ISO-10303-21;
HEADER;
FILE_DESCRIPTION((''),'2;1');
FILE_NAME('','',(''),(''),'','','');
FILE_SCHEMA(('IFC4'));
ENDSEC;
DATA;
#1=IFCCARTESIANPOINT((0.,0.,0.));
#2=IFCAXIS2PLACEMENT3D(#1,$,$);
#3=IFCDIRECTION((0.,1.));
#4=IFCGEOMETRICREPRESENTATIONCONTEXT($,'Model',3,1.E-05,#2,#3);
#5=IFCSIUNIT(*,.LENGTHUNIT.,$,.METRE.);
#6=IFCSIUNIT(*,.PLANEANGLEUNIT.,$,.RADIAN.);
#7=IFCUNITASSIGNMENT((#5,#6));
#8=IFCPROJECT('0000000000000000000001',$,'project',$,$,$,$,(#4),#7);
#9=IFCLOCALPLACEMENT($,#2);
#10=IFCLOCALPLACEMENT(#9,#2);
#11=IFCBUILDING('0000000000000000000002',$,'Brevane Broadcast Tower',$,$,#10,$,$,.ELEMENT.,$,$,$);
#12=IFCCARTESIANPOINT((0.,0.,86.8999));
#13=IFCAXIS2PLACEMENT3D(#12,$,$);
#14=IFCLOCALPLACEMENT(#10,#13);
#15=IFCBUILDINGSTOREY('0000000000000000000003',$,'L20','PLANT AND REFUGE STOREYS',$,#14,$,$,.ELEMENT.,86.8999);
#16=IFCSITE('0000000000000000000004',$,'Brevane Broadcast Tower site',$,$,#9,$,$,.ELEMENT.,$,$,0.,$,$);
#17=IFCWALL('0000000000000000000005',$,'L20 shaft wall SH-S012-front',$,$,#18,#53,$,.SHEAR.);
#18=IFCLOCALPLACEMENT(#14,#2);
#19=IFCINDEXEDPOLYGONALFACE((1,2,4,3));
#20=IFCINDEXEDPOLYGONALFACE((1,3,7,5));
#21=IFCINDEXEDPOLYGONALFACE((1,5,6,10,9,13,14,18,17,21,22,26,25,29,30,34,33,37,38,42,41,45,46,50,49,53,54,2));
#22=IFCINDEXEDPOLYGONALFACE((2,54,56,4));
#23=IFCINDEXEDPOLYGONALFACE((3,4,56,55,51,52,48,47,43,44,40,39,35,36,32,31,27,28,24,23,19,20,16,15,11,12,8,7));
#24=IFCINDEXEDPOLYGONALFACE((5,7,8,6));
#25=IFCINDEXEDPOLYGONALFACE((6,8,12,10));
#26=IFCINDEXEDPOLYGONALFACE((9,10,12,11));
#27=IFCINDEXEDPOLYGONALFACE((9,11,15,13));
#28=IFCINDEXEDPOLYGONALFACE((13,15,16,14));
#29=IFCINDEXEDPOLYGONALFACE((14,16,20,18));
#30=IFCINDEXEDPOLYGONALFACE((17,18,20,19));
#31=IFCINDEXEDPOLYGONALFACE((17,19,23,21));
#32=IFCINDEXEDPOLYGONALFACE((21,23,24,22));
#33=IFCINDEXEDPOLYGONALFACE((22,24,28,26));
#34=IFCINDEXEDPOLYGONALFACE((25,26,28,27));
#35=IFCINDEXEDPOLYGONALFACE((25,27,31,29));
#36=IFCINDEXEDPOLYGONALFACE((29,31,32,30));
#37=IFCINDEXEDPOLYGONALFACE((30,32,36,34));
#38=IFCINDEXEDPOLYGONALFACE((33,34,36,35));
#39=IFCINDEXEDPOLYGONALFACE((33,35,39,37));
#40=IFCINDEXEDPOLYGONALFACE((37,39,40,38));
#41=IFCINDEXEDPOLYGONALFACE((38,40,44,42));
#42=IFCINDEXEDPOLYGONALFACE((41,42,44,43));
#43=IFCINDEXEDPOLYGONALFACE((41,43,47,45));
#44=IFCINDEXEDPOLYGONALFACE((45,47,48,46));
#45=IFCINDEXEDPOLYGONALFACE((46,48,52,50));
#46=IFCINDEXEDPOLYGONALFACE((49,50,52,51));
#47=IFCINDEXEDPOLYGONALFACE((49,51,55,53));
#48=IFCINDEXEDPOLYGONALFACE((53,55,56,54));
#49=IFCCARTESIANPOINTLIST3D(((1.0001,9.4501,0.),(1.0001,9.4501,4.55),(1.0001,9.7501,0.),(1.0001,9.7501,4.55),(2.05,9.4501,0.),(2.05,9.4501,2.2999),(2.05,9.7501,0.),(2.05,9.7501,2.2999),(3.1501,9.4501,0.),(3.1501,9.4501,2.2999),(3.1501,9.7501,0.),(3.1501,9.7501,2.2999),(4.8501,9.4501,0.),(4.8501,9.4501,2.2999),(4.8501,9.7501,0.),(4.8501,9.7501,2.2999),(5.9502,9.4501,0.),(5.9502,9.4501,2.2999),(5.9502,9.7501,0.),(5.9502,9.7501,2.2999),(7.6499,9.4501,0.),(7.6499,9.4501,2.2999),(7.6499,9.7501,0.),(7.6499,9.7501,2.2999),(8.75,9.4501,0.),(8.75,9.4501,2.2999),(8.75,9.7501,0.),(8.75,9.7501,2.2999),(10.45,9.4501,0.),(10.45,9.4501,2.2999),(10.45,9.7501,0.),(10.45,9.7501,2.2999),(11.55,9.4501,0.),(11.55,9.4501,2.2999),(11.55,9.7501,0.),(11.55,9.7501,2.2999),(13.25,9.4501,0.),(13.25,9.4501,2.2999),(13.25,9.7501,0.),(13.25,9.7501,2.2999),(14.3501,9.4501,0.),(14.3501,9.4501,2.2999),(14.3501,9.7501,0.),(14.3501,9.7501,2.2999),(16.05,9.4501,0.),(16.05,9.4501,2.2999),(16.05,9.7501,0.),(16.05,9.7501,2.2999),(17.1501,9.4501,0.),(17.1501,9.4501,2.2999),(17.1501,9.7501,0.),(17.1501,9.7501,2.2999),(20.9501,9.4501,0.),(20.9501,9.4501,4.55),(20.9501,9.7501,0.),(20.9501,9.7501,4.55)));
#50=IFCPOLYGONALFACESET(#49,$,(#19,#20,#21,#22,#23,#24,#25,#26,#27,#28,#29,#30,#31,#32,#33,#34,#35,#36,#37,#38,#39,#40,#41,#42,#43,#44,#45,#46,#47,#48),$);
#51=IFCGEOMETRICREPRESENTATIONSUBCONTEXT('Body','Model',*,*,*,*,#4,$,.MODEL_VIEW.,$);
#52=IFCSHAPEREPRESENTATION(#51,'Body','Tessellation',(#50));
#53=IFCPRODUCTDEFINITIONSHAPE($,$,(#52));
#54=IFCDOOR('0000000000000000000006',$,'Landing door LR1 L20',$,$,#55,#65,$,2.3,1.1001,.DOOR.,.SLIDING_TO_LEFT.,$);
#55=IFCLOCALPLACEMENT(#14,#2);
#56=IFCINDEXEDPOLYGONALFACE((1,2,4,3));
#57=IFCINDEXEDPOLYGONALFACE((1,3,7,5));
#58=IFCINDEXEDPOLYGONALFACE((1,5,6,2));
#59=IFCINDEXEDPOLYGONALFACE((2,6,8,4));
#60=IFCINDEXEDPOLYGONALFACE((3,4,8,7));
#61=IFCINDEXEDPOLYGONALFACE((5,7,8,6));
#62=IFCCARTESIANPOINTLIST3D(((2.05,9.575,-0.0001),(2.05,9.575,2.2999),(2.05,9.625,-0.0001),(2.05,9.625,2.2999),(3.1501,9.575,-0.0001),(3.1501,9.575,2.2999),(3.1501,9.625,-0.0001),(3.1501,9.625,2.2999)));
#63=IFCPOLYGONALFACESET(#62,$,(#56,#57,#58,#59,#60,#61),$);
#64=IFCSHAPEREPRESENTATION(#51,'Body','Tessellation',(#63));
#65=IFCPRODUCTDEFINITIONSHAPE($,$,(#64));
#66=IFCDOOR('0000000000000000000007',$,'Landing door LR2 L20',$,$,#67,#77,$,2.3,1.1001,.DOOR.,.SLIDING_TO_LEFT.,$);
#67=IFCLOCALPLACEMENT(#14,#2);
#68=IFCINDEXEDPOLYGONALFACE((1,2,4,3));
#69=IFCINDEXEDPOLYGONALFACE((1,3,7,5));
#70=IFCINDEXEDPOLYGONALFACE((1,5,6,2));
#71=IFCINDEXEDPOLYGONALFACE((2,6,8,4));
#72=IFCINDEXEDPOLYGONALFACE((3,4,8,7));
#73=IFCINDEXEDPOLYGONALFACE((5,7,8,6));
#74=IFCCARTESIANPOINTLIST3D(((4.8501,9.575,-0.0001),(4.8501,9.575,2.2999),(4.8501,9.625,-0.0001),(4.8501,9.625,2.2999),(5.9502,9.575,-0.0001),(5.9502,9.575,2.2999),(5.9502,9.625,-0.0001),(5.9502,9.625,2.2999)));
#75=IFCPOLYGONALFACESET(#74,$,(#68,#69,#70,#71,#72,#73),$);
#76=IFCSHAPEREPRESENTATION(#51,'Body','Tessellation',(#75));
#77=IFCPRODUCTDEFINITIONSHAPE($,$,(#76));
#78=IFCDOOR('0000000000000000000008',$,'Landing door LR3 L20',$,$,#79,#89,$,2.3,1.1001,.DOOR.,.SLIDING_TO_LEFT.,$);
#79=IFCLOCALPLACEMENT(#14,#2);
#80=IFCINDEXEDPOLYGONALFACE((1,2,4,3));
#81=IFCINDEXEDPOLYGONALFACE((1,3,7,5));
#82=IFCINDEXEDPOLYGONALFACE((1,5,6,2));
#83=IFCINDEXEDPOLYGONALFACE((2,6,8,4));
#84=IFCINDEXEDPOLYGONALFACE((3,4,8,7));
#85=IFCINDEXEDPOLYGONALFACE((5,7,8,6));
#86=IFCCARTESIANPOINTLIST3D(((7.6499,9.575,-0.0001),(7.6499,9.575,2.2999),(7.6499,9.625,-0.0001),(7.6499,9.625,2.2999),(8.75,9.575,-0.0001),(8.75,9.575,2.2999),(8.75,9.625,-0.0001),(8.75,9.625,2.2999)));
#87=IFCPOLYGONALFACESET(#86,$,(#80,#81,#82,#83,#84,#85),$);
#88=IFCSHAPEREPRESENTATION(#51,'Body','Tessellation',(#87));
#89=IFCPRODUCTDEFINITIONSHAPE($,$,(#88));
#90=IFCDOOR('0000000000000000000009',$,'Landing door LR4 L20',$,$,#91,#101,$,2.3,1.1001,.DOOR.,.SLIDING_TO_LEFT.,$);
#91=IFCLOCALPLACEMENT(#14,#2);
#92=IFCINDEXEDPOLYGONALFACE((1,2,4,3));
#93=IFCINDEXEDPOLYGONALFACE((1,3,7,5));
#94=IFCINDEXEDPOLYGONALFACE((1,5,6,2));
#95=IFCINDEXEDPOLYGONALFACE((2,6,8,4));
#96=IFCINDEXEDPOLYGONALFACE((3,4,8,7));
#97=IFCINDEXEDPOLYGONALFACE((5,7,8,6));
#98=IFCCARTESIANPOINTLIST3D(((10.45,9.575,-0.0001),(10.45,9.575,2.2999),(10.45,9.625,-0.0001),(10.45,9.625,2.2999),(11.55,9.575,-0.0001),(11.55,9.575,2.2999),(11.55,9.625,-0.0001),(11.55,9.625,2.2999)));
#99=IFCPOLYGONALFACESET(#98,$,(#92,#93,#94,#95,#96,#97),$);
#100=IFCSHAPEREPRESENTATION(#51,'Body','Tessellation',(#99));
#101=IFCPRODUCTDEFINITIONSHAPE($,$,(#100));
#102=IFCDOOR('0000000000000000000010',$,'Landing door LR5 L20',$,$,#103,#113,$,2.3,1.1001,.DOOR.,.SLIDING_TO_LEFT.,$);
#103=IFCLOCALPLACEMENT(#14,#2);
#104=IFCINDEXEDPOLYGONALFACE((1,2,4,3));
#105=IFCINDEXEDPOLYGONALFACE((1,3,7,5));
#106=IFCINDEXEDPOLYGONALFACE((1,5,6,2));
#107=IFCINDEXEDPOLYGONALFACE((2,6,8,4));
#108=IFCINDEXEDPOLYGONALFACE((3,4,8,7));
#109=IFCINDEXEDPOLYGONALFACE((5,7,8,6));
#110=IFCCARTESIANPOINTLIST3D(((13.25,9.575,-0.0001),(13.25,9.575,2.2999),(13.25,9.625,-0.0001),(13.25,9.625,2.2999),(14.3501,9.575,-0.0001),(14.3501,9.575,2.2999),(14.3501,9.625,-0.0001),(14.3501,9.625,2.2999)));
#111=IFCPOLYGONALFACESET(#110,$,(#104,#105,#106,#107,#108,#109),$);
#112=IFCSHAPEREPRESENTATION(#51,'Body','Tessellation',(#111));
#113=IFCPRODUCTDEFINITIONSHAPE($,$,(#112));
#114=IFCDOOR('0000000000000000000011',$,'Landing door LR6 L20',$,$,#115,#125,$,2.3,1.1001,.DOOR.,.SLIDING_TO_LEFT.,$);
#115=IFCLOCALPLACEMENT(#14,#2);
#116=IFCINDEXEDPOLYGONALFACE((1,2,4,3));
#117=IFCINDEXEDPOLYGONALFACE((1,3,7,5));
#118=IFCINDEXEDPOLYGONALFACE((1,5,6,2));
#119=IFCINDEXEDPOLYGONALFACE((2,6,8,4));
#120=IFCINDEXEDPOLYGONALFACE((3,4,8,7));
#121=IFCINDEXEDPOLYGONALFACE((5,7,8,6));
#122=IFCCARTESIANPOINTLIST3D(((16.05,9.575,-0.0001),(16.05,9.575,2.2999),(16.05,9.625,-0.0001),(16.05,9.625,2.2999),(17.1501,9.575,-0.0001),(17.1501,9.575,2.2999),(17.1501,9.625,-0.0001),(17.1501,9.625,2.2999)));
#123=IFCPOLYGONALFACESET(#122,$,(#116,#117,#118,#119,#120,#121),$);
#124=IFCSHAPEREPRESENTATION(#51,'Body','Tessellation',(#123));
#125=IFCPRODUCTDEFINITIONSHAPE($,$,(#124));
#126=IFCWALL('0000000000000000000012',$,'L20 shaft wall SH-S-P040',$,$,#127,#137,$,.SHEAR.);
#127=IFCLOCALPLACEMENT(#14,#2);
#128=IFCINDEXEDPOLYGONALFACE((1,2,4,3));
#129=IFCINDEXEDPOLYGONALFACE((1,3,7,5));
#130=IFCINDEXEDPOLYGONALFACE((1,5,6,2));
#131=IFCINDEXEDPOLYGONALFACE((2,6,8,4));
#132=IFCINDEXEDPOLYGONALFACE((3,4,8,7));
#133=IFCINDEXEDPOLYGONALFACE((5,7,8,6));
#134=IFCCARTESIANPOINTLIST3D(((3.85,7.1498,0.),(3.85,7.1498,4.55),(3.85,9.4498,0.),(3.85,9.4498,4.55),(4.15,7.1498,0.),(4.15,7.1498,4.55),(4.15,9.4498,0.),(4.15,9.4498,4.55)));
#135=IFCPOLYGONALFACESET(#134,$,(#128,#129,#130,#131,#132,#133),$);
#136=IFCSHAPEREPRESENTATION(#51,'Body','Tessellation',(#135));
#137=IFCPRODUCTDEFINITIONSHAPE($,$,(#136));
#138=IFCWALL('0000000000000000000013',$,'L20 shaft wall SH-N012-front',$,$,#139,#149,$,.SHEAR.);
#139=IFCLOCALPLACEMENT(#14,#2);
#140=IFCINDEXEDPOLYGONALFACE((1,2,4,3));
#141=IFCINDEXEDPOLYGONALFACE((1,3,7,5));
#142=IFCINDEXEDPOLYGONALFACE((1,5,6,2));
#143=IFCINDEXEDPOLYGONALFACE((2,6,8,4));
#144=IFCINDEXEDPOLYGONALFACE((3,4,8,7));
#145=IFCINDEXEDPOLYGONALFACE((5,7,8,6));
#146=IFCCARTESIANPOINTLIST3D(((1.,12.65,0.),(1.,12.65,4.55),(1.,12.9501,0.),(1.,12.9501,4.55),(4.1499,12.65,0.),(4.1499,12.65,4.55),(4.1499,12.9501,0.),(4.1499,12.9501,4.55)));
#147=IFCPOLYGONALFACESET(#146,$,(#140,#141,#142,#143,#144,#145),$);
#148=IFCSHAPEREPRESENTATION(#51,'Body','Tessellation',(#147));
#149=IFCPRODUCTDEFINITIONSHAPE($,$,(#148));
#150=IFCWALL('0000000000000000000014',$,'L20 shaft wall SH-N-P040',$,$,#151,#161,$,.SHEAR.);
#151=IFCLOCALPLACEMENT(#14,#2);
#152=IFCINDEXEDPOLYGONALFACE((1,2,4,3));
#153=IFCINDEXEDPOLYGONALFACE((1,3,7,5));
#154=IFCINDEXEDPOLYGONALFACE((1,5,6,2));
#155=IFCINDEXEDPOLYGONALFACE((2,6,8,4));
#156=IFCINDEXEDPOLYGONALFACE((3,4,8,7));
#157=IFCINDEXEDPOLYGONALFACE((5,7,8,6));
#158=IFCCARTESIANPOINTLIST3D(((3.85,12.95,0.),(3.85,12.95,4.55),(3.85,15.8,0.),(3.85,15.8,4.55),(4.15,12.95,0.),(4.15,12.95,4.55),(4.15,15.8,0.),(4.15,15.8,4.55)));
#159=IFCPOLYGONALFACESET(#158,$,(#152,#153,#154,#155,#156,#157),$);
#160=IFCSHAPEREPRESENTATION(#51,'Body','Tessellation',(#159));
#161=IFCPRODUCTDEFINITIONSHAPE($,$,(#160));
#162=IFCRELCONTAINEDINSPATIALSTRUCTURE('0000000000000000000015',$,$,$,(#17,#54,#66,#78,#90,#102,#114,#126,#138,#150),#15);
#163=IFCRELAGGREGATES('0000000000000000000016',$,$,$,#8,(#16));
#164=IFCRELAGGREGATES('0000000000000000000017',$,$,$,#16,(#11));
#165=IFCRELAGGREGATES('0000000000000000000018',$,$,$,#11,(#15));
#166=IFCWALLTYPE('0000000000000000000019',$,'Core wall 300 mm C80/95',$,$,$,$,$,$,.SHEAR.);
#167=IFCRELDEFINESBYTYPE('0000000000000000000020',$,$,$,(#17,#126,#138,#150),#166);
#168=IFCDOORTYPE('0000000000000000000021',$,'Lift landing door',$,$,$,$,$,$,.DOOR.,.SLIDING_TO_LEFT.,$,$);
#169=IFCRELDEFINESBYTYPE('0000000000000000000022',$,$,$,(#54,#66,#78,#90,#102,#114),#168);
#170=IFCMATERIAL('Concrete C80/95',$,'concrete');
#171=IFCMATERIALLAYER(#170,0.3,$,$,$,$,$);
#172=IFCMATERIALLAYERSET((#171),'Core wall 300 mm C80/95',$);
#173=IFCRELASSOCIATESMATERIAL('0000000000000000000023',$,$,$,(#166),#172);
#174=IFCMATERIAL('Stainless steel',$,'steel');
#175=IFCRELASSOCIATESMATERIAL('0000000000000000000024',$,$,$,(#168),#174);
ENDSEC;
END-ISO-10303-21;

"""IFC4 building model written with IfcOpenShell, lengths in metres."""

from ifc_helpers import new_model, si_unit, direction, frame, frame_2d, origin, place, context, subcontext, project, spatial, rectangle, extrude, material, layer, layer_set, type_object, element, fill, save


model = new_model("IFC4")

# Units and contexts
model_context = context("Model", 3, precision=1e-05, world=origin(), true_north=direction((0.0, 1.0)))
body_context = subcontext(model_context, "Body", "Model", "MODEL_VIEW")
ifc_project = project(units=[si_unit("LENGTHUNIT", "METRE"), si_unit("PLANEANGLEUNIT", "RADIAN")], contexts=[model_context])

# Site, building, storey
site_placement = place(None, origin())
site = spatial("IfcSite", under=ifc_project, at=site_placement, Name="Brevane Broadcast Tower site", CompositionType="ELEMENT", RefElevation=0.0)
building_placement = place(site_placement, origin())
building = spatial("IfcBuilding", under=site, at=building_placement, Name="Brevane Broadcast Tower", CompositionType="ELEMENT")
storey_placement = place(building_placement, frame((0.0, 0.0, 86.8999)))
storey = spatial("IfcBuildingStorey", under=building, at=storey_placement, Name="L20", Description="PLANT AND REFUGE STOREYS", CompositionType="ELEMENT", Elevation=86.8999)

# Shared definitions
ifc_material_1 = material(Name="Concrete C80/95", Category="concrete")
ifc_layer_1 = layer(ifc_material_1, 0.3)
ifc_layer_set_1 = layer_set([ifc_layer_1], Name="Core wall 300 mm C80/95")
wall_type_1 = type_object("IfcWallType", Name="Core wall 300 mm C80/95", PredefinedType="SHEAR", material=ifc_layer_set_1)

# Wall, openings, doors
wall_1_placement = place(storey_placement, frame((1.0, 9.6001, 0.0), z_axis=(0.0, 0.0, 1.0), x_axis=(1.0, 0.0, 0.0)))
wall_1 = element("IfcWall", 1, at=wall_1_placement, inside=storey, type_object=wall_type_1, Name="L20 shaft wall SH-S012-front", PredefinedType="SHEAR", context=body_context, shape_type="SweptSolid", body=[
    extrude(rectangle(XDim=19.95, YDim=0.3, at=frame_2d((9.9751, 0.0))), origin(), (0.0, 0.0, 1.0), 4.55),
])
opening_1_placement = place(wall_1_placement, frame((1.05, 0.0, 0.0)))
opening_1 = element("IfcOpeningElement", 2, at=opening_1_placement, cuts=wall_1, PredefinedType="OPENING", context=body_context, shape_type="SweptSolid", body=[
    extrude(rectangle(XDim=1.1001, YDim=2.3, at=frame_2d((0.55, 1.1499))), frame((0.0, 0.1599, 0.0), z_axis=(0.0, -1.0, 0.0), x_axis=(1.0, 0.0, 0.0)), (0.0, 0.0, 1.0), 0.3201),
])
opening_2_placement = place(wall_1_placement, frame((3.8501, 0.0, 0.0)))
opening_2 = element("IfcOpeningElement", 3, at=opening_2_placement, cuts=wall_1, PredefinedType="OPENING", context=body_context, shape_type="SweptSolid", body=[
    extrude(rectangle(XDim=1.1001, YDim=2.3, at=frame_2d((0.55, 1.1499))), frame((0.0, 0.1599, 0.0), z_axis=(0.0, -1.0, 0.0), x_axis=(1.0, 0.0, 0.0)), (0.0, 0.0, 1.0), 0.3201),
])
opening_3_placement = place(wall_1_placement, frame((6.6499, 0.0, 0.0)))
opening_3 = element("IfcOpeningElement", 4, at=opening_3_placement, cuts=wall_1, PredefinedType="OPENING", context=body_context, shape_type="SweptSolid", body=[
    extrude(rectangle(XDim=1.1001, YDim=2.3, at=frame_2d((0.55, 1.1499))), frame((0.0, 0.1599, 0.0), z_axis=(0.0, -1.0, 0.0), x_axis=(1.0, 0.0, 0.0)), (0.0, 0.0, 1.0), 0.3201),
])
opening_4_placement = place(wall_1_placement, frame((9.45, 0.0, 0.0)))
opening_4 = element("IfcOpeningElement", 5, at=opening_4_placement, cuts=wall_1, PredefinedType="OPENING", context=body_context, shape_type="SweptSolid", body=[
    extrude(rectangle(XDim=1.1001, YDim=2.3, at=frame_2d((0.55, 1.1499))), frame((0.0, 0.1599, 0.0), z_axis=(0.0, -1.0, 0.0), x_axis=(1.0, 0.0, 0.0)), (0.0, 0.0, 1.0), 0.3201),
])
opening_5_placement = place(wall_1_placement, frame((12.25, 0.0, 0.0)))
opening_5 = element("IfcOpeningElement", 6, at=opening_5_placement, cuts=wall_1, PredefinedType="OPENING", context=body_context, shape_type="SweptSolid", body=[
    extrude(rectangle(XDim=1.1001, YDim=2.3, at=frame_2d((0.55, 1.1499))), frame((0.0, 0.1599, 0.0), z_axis=(0.0, -1.0, 0.0), x_axis=(1.0, 0.0, 0.0)), (0.0, 0.0, 1.0), 0.3201),
])
opening_6_placement = place(wall_1_placement, frame((15.05, 0.0, 0.0)))
opening_6 = element("IfcOpeningElement", 7, at=opening_6_placement, cuts=wall_1, PredefinedType="OPENING", context=body_context, shape_type="SweptSolid", body=[
    extrude(rectangle(XDim=1.1001, YDim=2.3, at=frame_2d((0.55, 1.1499))), frame((0.0, 0.1599, 0.0), z_axis=(0.0, -1.0, 0.0), x_axis=(1.0, 0.0, 0.0)), (0.0, 0.0, 1.0), 0.3201),
])
ifc_material_2 = material(Name="Stainless steel", Category="steel")
door_type_1 = type_object("IfcDoorType", Name="Lift landing door", OperationType="SLIDING_TO_LEFT", PredefinedType="DOOR", material=ifc_material_2)
door_1_placement = place(opening_1_placement, origin())
door_1 = element("IfcDoor", 8, at=door_1_placement, inside=storey, type_object=door_type_1, Name="Landing door LR1 L20", OperationType="SLIDING_TO_LEFT", OverallHeight=2.3, OverallWidth=1.1001, PredefinedType="DOOR", context=body_context, shape_type="SweptSolid", body=[
    extrude(rectangle(XDim=1.1001, YDim=2.3, at=frame_2d((0.55, 1.1499))), frame((0.0, 0.0249, 0.0), z_axis=(0.0, -1.0, 0.0), x_axis=(1.0, 0.0, 0.0)), (0.0, 0.0, 1.0), 0.05),
])
fill(opening_1, door_1)
door_2_placement = place(opening_2_placement, origin())
door_2 = element("IfcDoor", 9, at=door_2_placement, inside=storey, type_object=door_type_1, Name="Landing door LR2 L20", OperationType="SLIDING_TO_LEFT", OverallHeight=2.3, OverallWidth=1.1001, PredefinedType="DOOR", context=body_context, shape_type="SweptSolid", body=[
    extrude(rectangle(XDim=1.1001, YDim=2.3, at=frame_2d((0.55, 1.1499))), frame((0.0, 0.0249, 0.0), z_axis=(0.0, -1.0, 0.0), x_axis=(1.0, 0.0, 0.0)), (0.0, 0.0, 1.0), 0.05),
])
fill(opening_2, door_2)
door_3_placement = place(opening_3_placement, origin())
door_3 = element("IfcDoor", 10, at=door_3_placement, inside=storey, type_object=door_type_1, Name="Landing door LR3 L20", OperationType="SLIDING_TO_LEFT", OverallHeight=2.3, OverallWidth=1.1001, PredefinedType="DOOR", context=body_context, shape_type="SweptSolid", body=[
    extrude(rectangle(XDim=1.1001, YDim=2.3, at=frame_2d((0.55, 1.1499))), frame((0.0, 0.0249, 0.0), z_axis=(0.0, -1.0, 0.0), x_axis=(1.0, 0.0, 0.0)), (0.0, 0.0, 1.0), 0.05),
])
fill(opening_3, door_3)
door_4_placement = place(opening_4_placement, origin())
door_4 = element("IfcDoor", 11, at=door_4_placement, inside=storey, type_object=door_type_1, Name="Landing door LR4 L20", OperationType="SLIDING_TO_LEFT", OverallHeight=2.3, OverallWidth=1.1001, PredefinedType="DOOR", context=body_context, shape_type="SweptSolid", body=[
    extrude(rectangle(XDim=1.1001, YDim=2.3, at=frame_2d((0.55, 1.1499))), frame((0.0, 0.0249, 0.0), z_axis=(0.0, -1.0, 0.0), x_axis=(1.0, 0.0, 0.0)), (0.0, 0.0, 1.0), 0.05),
])
fill(opening_4, door_4)
door_5_placement = place(opening_5_placement, origin())
door_5 = element("IfcDoor", 12, at=door_5_placement, inside=storey, type_object=door_type_1, Name="Landing door LR5 L20", OperationType="SLIDING_TO_LEFT", OverallHeight=2.3, OverallWidth=1.1001, PredefinedType="DOOR", context=body_context, shape_type="SweptSolid", body=[
    extrude(rectangle(XDim=1.1001, YDim=2.3, at=frame_2d((0.55, 1.1499))), frame((0.0, 0.0249, 0.0), z_axis=(0.0, -1.0, 0.0), x_axis=(1.0, 0.0, 0.0)), (0.0, 0.0, 1.0), 0.05),
])
fill(opening_5, door_5)
door_6_placement = place(opening_6_placement, origin())
door_6 = element("IfcDoor", 13, at=door_6_placement, inside=storey, type_object=door_type_1, Name="Landing door LR6 L20", OperationType="SLIDING_TO_LEFT", OverallHeight=2.3, OverallWidth=1.1001, PredefinedType="DOOR", context=body_context, shape_type="SweptSolid", body=[
    extrude(rectangle(XDim=1.1001, YDim=2.3, at=frame_2d((0.55, 1.1499))), frame((0.0, 0.0249, 0.0), z_axis=(0.0, -1.0, 0.0), x_axis=(1.0, 0.0, 0.0)), (0.0, 0.0, 1.0), 0.05),
])
fill(opening_6, door_6)

# Walls
wall_2_placement = place(storey_placement, frame((4.0, 7.1499, 0.0), z_axis=(0.0, 0.0, 1.0), x_axis=(0.0, 1.0, 0.0)))
element("IfcWall", 14, at=wall_2_placement, inside=storey, type_object=wall_type_1, Name="L20 shaft wall SH-S-P040", PredefinedType="SHEAR", context=body_context, shape_type="SweptSolid", body=[
    extrude(rectangle(XDim=2.3, YDim=0.3, at=frame_2d((1.1499, 0.0))), origin(), (0.0, 0.0, 1.0), 4.55),
])
wall_3_placement = place(storey_placement, frame((1.0, 12.8, 0.0), z_axis=(0.0, 0.0, 1.0), x_axis=(1.0, 0.0, 0.0)))
element("IfcWall", 15, at=wall_3_placement, inside=storey, type_object=wall_type_1, Name="L20 shaft wall SH-N012-front", PredefinedType="SHEAR", context=body_context, shape_type="SweptSolid", body=[
    extrude(rectangle(XDim=3.1499, YDim=0.3, at=frame_2d((1.575, 0.0))), origin(), (0.0, 0.0, 1.0), 4.55),
])
wall_4_placement = place(storey_placement, frame((4.0, 12.95, 0.0), z_axis=(0.0, 0.0, 1.0), x_axis=(0.0, 1.0, 0.0)))
element("IfcWall", 16, at=wall_4_placement, inside=storey, type_object=wall_type_1, Name="L20 shaft wall SH-N-P040", PredefinedType="SHEAR", context=body_context, shape_type="SweptSolid", body=[
    extrude(rectangle(XDim=2.8501, YDim=0.3, at=frame_2d((1.425, 0.0))), origin(), (0.0, 0.0, 1.0), 4.55),
])

save(model, "model.ifc")
